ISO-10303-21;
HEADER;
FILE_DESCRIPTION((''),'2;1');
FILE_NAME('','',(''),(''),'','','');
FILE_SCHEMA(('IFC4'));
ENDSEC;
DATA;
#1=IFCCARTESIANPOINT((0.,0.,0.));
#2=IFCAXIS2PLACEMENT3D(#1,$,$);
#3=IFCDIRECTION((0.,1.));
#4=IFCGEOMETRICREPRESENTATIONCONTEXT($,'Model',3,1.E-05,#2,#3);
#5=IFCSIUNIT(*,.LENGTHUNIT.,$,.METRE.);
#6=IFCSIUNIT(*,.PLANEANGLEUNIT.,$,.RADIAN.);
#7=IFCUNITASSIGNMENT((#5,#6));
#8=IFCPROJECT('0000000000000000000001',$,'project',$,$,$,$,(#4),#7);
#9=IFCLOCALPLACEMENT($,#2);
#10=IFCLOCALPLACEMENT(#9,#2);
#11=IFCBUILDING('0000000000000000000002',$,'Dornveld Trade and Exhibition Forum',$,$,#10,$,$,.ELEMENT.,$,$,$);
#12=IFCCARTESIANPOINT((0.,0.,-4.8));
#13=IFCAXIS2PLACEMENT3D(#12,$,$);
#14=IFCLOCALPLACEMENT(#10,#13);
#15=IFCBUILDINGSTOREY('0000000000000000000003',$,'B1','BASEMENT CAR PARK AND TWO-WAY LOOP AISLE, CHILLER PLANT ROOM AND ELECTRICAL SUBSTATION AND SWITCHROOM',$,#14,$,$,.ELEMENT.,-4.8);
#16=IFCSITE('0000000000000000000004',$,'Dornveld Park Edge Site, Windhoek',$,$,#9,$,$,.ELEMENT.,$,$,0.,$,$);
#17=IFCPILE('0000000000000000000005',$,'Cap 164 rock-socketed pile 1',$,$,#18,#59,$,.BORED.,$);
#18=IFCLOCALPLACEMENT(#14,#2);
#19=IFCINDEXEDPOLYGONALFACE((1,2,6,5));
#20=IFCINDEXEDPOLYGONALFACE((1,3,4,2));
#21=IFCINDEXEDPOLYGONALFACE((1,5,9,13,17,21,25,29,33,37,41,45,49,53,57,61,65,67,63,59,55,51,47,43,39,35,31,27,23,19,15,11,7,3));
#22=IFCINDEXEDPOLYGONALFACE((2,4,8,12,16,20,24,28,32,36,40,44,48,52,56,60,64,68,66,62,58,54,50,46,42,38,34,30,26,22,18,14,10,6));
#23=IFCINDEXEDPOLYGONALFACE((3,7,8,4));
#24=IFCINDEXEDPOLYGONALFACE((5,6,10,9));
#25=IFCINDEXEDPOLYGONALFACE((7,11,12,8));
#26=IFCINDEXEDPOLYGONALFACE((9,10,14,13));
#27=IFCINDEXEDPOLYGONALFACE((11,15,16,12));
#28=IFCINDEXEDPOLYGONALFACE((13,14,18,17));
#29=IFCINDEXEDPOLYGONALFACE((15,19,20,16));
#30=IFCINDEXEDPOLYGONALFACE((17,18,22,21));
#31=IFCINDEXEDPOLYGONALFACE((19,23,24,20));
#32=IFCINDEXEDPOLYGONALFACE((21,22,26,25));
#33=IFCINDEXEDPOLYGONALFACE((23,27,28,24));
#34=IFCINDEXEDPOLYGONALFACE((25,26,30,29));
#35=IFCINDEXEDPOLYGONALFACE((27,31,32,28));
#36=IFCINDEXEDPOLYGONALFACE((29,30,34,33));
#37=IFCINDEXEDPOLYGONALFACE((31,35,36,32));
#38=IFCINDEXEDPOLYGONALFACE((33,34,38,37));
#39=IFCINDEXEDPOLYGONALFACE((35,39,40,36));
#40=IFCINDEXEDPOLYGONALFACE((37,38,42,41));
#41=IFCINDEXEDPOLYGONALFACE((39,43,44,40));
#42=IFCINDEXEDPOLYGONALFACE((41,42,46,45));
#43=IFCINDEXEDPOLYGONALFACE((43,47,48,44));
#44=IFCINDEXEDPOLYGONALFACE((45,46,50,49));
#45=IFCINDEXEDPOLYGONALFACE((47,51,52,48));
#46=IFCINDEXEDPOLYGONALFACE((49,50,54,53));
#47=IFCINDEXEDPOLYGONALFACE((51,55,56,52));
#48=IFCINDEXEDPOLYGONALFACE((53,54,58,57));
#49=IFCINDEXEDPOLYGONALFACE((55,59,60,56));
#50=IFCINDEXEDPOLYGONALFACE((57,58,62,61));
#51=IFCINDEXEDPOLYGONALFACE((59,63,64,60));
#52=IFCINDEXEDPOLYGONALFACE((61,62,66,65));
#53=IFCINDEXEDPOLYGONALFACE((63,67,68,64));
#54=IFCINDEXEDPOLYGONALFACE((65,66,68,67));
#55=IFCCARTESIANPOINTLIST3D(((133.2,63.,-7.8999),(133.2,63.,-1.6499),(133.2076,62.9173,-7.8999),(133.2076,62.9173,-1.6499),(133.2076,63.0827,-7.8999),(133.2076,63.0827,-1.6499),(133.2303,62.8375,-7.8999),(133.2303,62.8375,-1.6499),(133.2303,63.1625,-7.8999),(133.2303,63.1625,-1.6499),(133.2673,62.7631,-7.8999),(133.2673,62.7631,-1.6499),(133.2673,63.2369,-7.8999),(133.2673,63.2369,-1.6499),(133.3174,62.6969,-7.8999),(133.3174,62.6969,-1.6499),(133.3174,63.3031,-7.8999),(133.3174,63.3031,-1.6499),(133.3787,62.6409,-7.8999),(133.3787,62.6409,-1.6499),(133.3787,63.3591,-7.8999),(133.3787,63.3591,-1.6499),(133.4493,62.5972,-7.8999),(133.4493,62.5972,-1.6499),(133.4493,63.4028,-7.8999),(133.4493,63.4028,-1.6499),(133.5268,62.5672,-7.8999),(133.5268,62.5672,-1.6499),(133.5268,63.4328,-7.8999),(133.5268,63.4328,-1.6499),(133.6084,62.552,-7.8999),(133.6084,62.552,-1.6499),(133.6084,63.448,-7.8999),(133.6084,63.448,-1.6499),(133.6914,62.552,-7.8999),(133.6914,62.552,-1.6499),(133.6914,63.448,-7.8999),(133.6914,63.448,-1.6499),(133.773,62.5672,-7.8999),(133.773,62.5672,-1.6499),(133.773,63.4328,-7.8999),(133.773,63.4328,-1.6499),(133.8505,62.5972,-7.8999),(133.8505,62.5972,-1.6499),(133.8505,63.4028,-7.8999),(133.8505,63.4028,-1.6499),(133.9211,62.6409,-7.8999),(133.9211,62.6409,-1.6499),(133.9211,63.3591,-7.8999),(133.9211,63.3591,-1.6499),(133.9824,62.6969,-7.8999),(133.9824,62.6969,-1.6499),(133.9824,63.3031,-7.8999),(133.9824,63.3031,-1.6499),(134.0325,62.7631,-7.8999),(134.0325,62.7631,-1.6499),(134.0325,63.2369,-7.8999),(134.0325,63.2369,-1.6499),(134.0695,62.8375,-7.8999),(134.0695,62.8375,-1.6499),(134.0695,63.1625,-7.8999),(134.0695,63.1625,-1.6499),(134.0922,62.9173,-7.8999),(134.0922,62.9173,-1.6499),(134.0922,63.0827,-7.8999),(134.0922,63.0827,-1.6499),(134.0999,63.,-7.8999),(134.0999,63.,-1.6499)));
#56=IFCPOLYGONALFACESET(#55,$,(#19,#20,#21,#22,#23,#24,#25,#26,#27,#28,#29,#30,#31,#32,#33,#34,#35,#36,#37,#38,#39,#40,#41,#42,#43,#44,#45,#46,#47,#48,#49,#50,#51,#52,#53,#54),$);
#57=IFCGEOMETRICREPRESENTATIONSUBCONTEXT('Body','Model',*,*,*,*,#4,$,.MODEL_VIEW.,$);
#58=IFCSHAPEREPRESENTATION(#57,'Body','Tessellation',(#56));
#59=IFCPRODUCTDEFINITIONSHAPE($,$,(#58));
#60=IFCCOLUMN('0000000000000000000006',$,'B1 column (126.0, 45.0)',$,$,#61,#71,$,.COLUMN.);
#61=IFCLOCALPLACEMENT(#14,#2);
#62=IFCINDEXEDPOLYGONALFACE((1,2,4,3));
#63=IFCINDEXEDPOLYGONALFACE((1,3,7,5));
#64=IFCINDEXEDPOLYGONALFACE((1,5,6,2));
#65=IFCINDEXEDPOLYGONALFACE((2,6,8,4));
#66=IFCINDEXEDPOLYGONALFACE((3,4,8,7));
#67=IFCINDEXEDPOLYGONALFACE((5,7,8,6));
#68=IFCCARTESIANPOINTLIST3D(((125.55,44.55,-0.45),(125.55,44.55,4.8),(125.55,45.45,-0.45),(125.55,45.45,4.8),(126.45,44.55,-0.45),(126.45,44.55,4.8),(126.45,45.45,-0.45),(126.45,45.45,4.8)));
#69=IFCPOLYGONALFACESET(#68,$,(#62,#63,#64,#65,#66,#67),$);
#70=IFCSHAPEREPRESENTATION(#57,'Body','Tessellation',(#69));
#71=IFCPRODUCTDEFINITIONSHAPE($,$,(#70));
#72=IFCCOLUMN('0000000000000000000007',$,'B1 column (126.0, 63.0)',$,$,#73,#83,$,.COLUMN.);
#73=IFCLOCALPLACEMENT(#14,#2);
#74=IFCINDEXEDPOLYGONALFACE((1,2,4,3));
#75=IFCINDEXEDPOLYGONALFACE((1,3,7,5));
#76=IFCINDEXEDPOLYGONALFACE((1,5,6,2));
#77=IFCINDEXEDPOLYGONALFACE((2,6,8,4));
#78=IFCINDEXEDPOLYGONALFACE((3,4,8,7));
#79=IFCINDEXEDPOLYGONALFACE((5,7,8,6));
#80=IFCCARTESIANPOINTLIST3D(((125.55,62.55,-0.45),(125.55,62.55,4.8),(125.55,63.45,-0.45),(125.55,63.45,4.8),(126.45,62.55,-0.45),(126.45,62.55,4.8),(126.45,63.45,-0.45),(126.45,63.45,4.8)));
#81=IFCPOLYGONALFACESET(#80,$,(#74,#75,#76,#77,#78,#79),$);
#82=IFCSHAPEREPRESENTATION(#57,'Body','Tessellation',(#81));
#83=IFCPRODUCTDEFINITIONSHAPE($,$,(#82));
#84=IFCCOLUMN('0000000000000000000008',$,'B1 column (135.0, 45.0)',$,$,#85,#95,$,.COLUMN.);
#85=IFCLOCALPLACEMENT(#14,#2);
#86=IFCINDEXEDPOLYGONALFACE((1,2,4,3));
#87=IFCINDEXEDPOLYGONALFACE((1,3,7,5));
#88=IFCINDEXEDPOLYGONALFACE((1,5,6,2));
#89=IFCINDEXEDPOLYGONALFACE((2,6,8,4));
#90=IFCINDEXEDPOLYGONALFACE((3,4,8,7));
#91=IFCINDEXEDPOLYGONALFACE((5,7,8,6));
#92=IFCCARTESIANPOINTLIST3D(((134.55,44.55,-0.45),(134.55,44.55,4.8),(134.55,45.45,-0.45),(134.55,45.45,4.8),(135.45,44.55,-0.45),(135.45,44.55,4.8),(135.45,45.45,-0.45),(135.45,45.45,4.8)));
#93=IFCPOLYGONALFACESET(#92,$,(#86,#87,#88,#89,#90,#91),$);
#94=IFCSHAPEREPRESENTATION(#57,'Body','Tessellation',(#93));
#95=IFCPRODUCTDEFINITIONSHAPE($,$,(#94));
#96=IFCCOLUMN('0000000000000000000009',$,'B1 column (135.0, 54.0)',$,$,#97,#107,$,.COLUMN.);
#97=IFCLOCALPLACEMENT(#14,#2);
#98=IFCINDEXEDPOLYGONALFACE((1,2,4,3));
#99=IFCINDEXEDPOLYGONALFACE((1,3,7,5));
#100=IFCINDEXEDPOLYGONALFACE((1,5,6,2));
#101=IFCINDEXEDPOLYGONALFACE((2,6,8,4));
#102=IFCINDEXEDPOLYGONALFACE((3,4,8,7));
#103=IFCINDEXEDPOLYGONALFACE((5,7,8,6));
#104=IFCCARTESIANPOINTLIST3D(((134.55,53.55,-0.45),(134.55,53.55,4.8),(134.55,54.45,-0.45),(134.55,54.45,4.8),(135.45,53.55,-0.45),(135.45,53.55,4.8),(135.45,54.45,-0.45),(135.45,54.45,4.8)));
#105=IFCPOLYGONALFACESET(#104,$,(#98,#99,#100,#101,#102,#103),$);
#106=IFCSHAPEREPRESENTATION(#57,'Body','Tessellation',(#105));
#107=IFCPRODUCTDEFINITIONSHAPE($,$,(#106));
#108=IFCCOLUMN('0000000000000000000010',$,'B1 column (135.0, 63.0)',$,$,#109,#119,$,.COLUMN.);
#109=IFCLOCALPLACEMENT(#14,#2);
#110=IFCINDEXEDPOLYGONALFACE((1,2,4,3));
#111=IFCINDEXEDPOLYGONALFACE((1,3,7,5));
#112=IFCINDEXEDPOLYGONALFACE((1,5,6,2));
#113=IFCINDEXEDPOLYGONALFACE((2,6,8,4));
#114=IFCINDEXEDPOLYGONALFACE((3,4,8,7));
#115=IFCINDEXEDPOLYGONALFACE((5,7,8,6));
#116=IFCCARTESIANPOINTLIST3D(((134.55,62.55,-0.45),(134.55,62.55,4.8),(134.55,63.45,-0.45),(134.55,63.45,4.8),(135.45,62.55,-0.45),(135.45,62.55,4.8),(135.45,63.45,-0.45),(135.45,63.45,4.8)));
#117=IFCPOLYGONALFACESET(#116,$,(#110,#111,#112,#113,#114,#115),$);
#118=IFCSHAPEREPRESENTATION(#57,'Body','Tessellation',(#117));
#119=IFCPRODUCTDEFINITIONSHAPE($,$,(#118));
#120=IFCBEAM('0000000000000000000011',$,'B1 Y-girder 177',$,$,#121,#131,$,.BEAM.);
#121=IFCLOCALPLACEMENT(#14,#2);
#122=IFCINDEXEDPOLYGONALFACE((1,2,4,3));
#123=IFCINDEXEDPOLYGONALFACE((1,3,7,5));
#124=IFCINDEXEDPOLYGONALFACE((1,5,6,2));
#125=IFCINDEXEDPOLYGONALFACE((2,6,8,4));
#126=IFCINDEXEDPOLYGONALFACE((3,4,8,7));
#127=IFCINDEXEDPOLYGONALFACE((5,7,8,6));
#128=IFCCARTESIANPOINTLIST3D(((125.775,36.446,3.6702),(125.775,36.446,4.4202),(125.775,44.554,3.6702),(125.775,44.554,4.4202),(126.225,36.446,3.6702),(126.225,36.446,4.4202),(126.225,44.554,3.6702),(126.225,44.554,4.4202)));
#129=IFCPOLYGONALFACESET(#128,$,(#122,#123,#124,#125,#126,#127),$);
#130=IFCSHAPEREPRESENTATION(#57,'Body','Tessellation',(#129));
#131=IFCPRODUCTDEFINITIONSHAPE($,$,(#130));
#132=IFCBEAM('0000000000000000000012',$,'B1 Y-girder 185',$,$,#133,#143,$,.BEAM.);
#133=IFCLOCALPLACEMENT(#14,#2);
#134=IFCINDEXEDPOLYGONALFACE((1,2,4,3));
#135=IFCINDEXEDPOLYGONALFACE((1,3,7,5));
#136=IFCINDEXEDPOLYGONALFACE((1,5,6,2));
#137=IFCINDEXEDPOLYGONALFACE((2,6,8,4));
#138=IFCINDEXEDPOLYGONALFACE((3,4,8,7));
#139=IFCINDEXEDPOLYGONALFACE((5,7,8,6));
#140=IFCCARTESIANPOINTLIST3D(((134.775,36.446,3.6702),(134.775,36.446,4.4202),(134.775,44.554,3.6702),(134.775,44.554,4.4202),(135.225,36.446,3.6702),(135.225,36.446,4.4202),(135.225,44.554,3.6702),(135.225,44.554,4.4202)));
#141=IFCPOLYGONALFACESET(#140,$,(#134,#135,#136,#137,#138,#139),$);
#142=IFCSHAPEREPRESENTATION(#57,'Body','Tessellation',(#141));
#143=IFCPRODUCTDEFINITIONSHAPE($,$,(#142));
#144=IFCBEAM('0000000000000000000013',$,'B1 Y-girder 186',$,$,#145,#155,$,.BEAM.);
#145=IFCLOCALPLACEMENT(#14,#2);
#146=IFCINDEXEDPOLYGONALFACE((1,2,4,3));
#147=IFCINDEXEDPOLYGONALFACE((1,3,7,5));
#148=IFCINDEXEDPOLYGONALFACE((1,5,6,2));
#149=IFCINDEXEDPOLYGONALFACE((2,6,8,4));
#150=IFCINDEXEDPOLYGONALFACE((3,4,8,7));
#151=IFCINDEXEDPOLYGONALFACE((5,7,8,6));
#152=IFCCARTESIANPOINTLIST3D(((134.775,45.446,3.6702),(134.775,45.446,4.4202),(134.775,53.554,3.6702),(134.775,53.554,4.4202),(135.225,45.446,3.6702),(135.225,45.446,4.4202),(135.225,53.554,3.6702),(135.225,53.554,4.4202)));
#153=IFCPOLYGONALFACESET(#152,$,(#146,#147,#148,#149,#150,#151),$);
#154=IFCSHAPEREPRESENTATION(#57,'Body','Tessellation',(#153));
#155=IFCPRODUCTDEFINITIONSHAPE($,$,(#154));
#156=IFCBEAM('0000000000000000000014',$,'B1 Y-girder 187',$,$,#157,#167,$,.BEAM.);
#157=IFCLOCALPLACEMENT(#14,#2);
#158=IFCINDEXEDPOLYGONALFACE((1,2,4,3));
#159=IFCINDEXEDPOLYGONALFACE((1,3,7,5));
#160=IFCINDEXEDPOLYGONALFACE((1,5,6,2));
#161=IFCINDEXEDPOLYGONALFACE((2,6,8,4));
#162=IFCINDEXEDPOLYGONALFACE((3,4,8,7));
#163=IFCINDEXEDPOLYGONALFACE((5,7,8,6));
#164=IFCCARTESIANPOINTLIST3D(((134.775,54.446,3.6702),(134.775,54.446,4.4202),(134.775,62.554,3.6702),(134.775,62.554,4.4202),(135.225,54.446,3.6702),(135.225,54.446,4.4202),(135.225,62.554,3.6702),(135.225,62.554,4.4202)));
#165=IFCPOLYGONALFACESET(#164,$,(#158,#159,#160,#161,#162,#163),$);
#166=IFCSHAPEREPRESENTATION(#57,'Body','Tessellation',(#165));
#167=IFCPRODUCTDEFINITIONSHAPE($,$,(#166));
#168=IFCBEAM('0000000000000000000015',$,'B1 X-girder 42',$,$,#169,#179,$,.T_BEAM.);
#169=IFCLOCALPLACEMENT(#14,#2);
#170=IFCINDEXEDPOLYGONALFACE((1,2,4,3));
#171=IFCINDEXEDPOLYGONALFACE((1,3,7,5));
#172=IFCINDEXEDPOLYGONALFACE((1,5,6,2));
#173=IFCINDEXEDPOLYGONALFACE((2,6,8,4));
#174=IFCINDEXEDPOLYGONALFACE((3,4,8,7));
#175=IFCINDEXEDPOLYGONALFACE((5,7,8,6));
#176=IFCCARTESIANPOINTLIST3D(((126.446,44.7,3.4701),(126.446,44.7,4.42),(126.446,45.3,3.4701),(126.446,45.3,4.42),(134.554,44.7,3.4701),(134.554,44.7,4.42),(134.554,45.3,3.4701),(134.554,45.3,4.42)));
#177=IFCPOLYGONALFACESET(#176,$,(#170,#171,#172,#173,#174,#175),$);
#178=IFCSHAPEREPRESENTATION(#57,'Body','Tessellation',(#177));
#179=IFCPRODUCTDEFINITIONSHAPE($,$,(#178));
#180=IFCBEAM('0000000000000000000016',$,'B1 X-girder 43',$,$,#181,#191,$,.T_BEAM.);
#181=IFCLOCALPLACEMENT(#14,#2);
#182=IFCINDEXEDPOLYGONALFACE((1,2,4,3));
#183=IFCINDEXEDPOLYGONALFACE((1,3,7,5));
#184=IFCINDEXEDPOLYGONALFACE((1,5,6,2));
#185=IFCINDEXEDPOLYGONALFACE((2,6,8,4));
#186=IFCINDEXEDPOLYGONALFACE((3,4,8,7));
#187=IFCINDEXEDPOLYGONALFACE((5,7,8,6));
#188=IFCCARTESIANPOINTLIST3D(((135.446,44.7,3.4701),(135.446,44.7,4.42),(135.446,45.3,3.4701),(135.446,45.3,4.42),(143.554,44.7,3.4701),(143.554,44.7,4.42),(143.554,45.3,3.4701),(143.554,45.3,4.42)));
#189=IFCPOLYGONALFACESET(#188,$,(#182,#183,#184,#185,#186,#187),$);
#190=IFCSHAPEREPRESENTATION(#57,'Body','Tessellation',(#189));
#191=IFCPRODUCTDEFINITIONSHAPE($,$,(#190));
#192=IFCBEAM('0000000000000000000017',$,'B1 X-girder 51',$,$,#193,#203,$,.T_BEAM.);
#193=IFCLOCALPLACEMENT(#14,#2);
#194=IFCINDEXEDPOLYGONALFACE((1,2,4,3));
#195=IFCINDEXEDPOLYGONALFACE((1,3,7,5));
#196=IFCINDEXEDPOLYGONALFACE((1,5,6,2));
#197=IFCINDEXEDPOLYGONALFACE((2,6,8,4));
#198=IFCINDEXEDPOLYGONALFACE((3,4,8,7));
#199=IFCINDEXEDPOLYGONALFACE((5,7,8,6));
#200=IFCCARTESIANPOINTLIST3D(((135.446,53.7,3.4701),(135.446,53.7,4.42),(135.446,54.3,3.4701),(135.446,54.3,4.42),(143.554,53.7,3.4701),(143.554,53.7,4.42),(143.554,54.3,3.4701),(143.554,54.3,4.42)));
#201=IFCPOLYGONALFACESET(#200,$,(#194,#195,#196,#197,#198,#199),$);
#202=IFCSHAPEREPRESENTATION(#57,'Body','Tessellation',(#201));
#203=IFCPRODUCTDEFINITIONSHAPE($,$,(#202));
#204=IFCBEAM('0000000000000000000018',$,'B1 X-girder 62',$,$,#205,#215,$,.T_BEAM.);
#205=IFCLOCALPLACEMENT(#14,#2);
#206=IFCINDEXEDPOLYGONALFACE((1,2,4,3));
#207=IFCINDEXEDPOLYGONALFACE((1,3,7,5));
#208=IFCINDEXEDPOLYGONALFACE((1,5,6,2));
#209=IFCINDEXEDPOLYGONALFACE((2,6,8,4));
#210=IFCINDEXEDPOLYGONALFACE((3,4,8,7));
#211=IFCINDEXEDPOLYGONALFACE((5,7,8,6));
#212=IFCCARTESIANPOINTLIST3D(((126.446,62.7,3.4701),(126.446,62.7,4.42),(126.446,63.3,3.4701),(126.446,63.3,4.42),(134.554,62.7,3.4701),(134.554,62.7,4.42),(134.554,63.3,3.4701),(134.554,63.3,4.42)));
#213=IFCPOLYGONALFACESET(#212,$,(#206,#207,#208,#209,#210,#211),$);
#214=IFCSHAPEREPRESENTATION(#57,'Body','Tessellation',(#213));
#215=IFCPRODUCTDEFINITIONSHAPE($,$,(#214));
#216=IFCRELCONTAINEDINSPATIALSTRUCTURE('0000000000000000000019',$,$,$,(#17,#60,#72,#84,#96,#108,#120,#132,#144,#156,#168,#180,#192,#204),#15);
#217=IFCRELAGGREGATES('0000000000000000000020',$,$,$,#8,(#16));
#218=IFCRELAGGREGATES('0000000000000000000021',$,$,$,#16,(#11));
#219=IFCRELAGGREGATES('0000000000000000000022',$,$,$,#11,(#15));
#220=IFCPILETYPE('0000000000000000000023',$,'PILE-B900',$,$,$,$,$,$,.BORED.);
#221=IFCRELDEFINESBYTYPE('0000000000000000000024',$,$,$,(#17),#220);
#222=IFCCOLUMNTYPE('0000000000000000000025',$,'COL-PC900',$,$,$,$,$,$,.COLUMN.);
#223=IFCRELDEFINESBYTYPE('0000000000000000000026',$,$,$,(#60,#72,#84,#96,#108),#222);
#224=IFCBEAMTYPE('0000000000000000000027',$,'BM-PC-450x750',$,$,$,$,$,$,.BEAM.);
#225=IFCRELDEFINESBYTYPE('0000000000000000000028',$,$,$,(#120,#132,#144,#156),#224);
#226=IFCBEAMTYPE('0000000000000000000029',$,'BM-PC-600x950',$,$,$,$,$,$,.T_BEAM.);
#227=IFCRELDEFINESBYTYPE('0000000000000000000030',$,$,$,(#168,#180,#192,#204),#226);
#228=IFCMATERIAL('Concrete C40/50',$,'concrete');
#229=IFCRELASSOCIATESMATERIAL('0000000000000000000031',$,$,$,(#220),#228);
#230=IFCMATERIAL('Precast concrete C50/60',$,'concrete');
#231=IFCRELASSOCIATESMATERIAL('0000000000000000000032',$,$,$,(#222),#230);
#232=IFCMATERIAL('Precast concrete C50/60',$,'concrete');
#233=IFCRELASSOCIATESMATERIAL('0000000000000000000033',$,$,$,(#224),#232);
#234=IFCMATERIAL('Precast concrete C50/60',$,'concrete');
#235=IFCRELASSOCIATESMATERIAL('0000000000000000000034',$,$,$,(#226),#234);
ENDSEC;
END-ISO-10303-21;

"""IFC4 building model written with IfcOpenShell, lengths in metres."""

from ifc_helpers import new_model, si_unit, direction, frame, origin, origin_2d, place, context, subcontext, project, spatial, rectangle, circle, extrude, material, material_profile, profile_set, type_object, element, save


model = new_model("IFC4")

# Units and contexts
model_context = context("Model", 3, precision=1e-05, world=origin(), true_north=direction((0.0, 1.0)))
body_context = subcontext(model_context, "Body", "Model", "MODEL_VIEW")
ifc_project = project(units=[si_unit("LENGTHUNIT", "METRE"), si_unit("PLANEANGLEUNIT", "RADIAN")], contexts=[model_context])

# Site, building, storey
site_placement = place(None, origin())
site = spatial("IfcSite", under=ifc_project, at=site_placement, Name="Dornveld Park Edge Site, Windhoek", CompositionType="ELEMENT", RefElevation=0.0)
building_placement = place(site_placement, origin())
building = spatial("IfcBuilding", under=site, at=building_placement, Name="Dornveld Trade and Exhibition Forum", CompositionType="ELEMENT")
storey_placement = place(building_placement, frame((0.0, 0.0, -4.8)))
storey = spatial("IfcBuildingStorey", under=building, at=storey_placement, Name="B1", Description="BASEMENT CAR PARK AND TWO-WAY LOOP AISLE, CHILLER PLANT ROOM AND ELECTRICAL SUBSTATION AND SWITCHROOM", CompositionType="ELEMENT", Elevation=-4.8)

# Pile
ifc_material_1 = material(Name="Concrete C40/50", Category="concrete")
ifc_material_profile_1 = material_profile(ifc_material_1, circle(Radius=0.45, at=origin_2d()), Name="PILE D900")
ifc_profile_set_1 = profile_set([ifc_material_profile_1], Name="Concrete C40/50")
pile_type_1 = type_object("IfcPileType", Name="PILE-B900", PredefinedType="BORED", material=ifc_profile_set_1)
for number, where, z_axis, x_axis, name in (
    (1, (133.6499, 63.0, -1.6499), (0.0, 0.0, -1.0), (1.0, 0.0, 0.0), "Cap 164 rock-socketed pile 1"),
):
    element("IfcPile", number, at=place(storey_placement, frame(where, z_axis=z_axis, x_axis=x_axis)), inside=storey, type_object=pile_type_1, Name=name, PredefinedType="BORED", context=body_context, shape_type="SweptSolid", body=[
        extrude(circle(Radius=0.45, at=origin_2d()), origin(), (0.0, 0.0, 1.0), 6.25),
    ])

# Columns
ifc_material_2 = material(Name="Precast concrete C50/60", Category="concrete")
ifc_material_profile_2 = material_profile(ifc_material_2, rectangle(XDim=0.8999, YDim=0.8999, at=origin_2d()), Name="PC-COL 900x900")
ifc_profile_set_2 = profile_set([ifc_material_profile_2], Name="Precast concrete C50/60")
column_type = type_object("IfcColumnType", Name="COL-PC900", PredefinedType="COLUMN", material=ifc_profile_set_2)
for number, where, z_axis, x_axis, name in (
    (2, (126.0, 45.0, -0.45), (0.0, 0.0, 1.0), (1.0, 0.0, 0.0), "B1 column (126.0, 45.0)"),
    (3, (126.0, 63.0, -0.45), (0.0, 0.0, 1.0), (1.0, 0.0, 0.0), "B1 column (126.0, 63.0)"),
    (4, (135.0, 45.0, -0.45), (0.0, 0.0, 1.0), (1.0, 0.0, 0.0), "B1 column (135.0, 45.0)"),
    (5, (135.0, 54.0, -0.45), (0.0, 0.0, 1.0), (1.0, 0.0, 0.0), "B1 column (135.0, 54.0)"),
    (6, (135.0, 63.0, -0.45), (0.0, 0.0, 1.0), (1.0, 0.0, 0.0), "B1 column (135.0, 63.0)"),
):
    element("IfcColumn", number, at=place(storey_placement, frame(where, z_axis=z_axis, x_axis=x_axis)), inside=storey, type_object=column_type, Name=name, PredefinedType="COLUMN", context=body_context, shape_type="SweptSolid", body=[
        extrude(rectangle(XDim=0.8999, YDim=0.8999, at=origin_2d()), origin(), (0.0, 0.0, 1.0), 5.25),
    ])

# Beams
ifc_material_3 = material(Name="Precast concrete C50/60", Category="concrete")
ifc_material_profile_3 = material_profile(ifc_material_3, rectangle(XDim=0.45, YDim=0.75, at=origin_2d()), Name="PC-BM 450x750")
ifc_profile_set_3 = profile_set([ifc_material_profile_3], Name="Precast concrete C50/60")
beam_type_1 = type_object("IfcBeamType", Name="BM-PC-450x750", PredefinedType="BEAM", material=ifc_profile_set_3)
for number, where, z_axis, x_axis, name in (
    (7, (126.0, 36.446, 4.0452), (0.0, 1.0, 0.0), (-1.0, 0.0, 0.0), "B1 Y-girder 177"),
    (8, (135.0, 36.446, 4.0452), (0.0, 1.0, 0.0), (-1.0, 0.0, 0.0), "B1 Y-girder 185"),
    (9, (135.0, 45.446, 4.0452), (0.0, 1.0, 0.0), (-1.0, 0.0, 0.0), "B1 Y-girder 186"),
    (10, (135.0, 54.446, 4.0452), (0.0, 1.0, 0.0), (-1.0, 0.0, 0.0), "B1 Y-girder 187"),
):
    element("IfcBeam", number, at=place(storey_placement, frame(where, z_axis=z_axis, x_axis=x_axis)), inside=storey, type_object=beam_type_1, Name=name, PredefinedType="BEAM", context=body_context, shape_type="SweptSolid", body=[
        extrude(rectangle(XDim=0.45, YDim=0.75, at=origin_2d()), origin(), (0.0, 0.0, 1.0), 8.1079),
    ])
ifc_material_4 = material(Name="Precast concrete C50/60", Category="concrete")
ifc_material_profile_4 = material_profile(ifc_material_4, rectangle(XDim=0.6001, YDim=0.95, at=origin_2d()), Name="PC-GIR 600x950")
ifc_profile_set_4 = profile_set([ifc_material_profile_4], Name="Precast concrete C50/60")
beam_type_2 = type_object("IfcBeamType", Name="BM-PC-600x950", PredefinedType="T_BEAM", material=ifc_profile_set_4)
for number, where, z_axis, x_axis, name in (
    (11, (126.446, 45.0, 3.9451), (1.0, 0.0, 0.0), (0.0, 1.0, 0.0), "B1 X-girder 42"),
    (12, (135.446, 45.0, 3.9451), (1.0, 0.0, 0.0), (0.0, 1.0, 0.0), "B1 X-girder 43"),
    (13, (135.446, 54.0, 3.9451), (1.0, 0.0, 0.0), (0.0, 1.0, 0.0), "B1 X-girder 51"),
    (14, (126.446, 63.0, 3.9451), (1.0, 0.0, 0.0), (0.0, 1.0, 0.0), "B1 X-girder 62"),
):
    element("IfcBeam", number, at=place(storey_placement, frame(where, z_axis=z_axis, x_axis=x_axis)), inside=storey, type_object=beam_type_2, Name=name, PredefinedType="T_BEAM", context=body_context, shape_type="SweptSolid", body=[
        extrude(rectangle(XDim=0.6001, YDim=0.95, at=origin_2d()), origin(), (0.0, 0.0, 1.0), 8.1079),
    ])

save(model, "model.ifc")
